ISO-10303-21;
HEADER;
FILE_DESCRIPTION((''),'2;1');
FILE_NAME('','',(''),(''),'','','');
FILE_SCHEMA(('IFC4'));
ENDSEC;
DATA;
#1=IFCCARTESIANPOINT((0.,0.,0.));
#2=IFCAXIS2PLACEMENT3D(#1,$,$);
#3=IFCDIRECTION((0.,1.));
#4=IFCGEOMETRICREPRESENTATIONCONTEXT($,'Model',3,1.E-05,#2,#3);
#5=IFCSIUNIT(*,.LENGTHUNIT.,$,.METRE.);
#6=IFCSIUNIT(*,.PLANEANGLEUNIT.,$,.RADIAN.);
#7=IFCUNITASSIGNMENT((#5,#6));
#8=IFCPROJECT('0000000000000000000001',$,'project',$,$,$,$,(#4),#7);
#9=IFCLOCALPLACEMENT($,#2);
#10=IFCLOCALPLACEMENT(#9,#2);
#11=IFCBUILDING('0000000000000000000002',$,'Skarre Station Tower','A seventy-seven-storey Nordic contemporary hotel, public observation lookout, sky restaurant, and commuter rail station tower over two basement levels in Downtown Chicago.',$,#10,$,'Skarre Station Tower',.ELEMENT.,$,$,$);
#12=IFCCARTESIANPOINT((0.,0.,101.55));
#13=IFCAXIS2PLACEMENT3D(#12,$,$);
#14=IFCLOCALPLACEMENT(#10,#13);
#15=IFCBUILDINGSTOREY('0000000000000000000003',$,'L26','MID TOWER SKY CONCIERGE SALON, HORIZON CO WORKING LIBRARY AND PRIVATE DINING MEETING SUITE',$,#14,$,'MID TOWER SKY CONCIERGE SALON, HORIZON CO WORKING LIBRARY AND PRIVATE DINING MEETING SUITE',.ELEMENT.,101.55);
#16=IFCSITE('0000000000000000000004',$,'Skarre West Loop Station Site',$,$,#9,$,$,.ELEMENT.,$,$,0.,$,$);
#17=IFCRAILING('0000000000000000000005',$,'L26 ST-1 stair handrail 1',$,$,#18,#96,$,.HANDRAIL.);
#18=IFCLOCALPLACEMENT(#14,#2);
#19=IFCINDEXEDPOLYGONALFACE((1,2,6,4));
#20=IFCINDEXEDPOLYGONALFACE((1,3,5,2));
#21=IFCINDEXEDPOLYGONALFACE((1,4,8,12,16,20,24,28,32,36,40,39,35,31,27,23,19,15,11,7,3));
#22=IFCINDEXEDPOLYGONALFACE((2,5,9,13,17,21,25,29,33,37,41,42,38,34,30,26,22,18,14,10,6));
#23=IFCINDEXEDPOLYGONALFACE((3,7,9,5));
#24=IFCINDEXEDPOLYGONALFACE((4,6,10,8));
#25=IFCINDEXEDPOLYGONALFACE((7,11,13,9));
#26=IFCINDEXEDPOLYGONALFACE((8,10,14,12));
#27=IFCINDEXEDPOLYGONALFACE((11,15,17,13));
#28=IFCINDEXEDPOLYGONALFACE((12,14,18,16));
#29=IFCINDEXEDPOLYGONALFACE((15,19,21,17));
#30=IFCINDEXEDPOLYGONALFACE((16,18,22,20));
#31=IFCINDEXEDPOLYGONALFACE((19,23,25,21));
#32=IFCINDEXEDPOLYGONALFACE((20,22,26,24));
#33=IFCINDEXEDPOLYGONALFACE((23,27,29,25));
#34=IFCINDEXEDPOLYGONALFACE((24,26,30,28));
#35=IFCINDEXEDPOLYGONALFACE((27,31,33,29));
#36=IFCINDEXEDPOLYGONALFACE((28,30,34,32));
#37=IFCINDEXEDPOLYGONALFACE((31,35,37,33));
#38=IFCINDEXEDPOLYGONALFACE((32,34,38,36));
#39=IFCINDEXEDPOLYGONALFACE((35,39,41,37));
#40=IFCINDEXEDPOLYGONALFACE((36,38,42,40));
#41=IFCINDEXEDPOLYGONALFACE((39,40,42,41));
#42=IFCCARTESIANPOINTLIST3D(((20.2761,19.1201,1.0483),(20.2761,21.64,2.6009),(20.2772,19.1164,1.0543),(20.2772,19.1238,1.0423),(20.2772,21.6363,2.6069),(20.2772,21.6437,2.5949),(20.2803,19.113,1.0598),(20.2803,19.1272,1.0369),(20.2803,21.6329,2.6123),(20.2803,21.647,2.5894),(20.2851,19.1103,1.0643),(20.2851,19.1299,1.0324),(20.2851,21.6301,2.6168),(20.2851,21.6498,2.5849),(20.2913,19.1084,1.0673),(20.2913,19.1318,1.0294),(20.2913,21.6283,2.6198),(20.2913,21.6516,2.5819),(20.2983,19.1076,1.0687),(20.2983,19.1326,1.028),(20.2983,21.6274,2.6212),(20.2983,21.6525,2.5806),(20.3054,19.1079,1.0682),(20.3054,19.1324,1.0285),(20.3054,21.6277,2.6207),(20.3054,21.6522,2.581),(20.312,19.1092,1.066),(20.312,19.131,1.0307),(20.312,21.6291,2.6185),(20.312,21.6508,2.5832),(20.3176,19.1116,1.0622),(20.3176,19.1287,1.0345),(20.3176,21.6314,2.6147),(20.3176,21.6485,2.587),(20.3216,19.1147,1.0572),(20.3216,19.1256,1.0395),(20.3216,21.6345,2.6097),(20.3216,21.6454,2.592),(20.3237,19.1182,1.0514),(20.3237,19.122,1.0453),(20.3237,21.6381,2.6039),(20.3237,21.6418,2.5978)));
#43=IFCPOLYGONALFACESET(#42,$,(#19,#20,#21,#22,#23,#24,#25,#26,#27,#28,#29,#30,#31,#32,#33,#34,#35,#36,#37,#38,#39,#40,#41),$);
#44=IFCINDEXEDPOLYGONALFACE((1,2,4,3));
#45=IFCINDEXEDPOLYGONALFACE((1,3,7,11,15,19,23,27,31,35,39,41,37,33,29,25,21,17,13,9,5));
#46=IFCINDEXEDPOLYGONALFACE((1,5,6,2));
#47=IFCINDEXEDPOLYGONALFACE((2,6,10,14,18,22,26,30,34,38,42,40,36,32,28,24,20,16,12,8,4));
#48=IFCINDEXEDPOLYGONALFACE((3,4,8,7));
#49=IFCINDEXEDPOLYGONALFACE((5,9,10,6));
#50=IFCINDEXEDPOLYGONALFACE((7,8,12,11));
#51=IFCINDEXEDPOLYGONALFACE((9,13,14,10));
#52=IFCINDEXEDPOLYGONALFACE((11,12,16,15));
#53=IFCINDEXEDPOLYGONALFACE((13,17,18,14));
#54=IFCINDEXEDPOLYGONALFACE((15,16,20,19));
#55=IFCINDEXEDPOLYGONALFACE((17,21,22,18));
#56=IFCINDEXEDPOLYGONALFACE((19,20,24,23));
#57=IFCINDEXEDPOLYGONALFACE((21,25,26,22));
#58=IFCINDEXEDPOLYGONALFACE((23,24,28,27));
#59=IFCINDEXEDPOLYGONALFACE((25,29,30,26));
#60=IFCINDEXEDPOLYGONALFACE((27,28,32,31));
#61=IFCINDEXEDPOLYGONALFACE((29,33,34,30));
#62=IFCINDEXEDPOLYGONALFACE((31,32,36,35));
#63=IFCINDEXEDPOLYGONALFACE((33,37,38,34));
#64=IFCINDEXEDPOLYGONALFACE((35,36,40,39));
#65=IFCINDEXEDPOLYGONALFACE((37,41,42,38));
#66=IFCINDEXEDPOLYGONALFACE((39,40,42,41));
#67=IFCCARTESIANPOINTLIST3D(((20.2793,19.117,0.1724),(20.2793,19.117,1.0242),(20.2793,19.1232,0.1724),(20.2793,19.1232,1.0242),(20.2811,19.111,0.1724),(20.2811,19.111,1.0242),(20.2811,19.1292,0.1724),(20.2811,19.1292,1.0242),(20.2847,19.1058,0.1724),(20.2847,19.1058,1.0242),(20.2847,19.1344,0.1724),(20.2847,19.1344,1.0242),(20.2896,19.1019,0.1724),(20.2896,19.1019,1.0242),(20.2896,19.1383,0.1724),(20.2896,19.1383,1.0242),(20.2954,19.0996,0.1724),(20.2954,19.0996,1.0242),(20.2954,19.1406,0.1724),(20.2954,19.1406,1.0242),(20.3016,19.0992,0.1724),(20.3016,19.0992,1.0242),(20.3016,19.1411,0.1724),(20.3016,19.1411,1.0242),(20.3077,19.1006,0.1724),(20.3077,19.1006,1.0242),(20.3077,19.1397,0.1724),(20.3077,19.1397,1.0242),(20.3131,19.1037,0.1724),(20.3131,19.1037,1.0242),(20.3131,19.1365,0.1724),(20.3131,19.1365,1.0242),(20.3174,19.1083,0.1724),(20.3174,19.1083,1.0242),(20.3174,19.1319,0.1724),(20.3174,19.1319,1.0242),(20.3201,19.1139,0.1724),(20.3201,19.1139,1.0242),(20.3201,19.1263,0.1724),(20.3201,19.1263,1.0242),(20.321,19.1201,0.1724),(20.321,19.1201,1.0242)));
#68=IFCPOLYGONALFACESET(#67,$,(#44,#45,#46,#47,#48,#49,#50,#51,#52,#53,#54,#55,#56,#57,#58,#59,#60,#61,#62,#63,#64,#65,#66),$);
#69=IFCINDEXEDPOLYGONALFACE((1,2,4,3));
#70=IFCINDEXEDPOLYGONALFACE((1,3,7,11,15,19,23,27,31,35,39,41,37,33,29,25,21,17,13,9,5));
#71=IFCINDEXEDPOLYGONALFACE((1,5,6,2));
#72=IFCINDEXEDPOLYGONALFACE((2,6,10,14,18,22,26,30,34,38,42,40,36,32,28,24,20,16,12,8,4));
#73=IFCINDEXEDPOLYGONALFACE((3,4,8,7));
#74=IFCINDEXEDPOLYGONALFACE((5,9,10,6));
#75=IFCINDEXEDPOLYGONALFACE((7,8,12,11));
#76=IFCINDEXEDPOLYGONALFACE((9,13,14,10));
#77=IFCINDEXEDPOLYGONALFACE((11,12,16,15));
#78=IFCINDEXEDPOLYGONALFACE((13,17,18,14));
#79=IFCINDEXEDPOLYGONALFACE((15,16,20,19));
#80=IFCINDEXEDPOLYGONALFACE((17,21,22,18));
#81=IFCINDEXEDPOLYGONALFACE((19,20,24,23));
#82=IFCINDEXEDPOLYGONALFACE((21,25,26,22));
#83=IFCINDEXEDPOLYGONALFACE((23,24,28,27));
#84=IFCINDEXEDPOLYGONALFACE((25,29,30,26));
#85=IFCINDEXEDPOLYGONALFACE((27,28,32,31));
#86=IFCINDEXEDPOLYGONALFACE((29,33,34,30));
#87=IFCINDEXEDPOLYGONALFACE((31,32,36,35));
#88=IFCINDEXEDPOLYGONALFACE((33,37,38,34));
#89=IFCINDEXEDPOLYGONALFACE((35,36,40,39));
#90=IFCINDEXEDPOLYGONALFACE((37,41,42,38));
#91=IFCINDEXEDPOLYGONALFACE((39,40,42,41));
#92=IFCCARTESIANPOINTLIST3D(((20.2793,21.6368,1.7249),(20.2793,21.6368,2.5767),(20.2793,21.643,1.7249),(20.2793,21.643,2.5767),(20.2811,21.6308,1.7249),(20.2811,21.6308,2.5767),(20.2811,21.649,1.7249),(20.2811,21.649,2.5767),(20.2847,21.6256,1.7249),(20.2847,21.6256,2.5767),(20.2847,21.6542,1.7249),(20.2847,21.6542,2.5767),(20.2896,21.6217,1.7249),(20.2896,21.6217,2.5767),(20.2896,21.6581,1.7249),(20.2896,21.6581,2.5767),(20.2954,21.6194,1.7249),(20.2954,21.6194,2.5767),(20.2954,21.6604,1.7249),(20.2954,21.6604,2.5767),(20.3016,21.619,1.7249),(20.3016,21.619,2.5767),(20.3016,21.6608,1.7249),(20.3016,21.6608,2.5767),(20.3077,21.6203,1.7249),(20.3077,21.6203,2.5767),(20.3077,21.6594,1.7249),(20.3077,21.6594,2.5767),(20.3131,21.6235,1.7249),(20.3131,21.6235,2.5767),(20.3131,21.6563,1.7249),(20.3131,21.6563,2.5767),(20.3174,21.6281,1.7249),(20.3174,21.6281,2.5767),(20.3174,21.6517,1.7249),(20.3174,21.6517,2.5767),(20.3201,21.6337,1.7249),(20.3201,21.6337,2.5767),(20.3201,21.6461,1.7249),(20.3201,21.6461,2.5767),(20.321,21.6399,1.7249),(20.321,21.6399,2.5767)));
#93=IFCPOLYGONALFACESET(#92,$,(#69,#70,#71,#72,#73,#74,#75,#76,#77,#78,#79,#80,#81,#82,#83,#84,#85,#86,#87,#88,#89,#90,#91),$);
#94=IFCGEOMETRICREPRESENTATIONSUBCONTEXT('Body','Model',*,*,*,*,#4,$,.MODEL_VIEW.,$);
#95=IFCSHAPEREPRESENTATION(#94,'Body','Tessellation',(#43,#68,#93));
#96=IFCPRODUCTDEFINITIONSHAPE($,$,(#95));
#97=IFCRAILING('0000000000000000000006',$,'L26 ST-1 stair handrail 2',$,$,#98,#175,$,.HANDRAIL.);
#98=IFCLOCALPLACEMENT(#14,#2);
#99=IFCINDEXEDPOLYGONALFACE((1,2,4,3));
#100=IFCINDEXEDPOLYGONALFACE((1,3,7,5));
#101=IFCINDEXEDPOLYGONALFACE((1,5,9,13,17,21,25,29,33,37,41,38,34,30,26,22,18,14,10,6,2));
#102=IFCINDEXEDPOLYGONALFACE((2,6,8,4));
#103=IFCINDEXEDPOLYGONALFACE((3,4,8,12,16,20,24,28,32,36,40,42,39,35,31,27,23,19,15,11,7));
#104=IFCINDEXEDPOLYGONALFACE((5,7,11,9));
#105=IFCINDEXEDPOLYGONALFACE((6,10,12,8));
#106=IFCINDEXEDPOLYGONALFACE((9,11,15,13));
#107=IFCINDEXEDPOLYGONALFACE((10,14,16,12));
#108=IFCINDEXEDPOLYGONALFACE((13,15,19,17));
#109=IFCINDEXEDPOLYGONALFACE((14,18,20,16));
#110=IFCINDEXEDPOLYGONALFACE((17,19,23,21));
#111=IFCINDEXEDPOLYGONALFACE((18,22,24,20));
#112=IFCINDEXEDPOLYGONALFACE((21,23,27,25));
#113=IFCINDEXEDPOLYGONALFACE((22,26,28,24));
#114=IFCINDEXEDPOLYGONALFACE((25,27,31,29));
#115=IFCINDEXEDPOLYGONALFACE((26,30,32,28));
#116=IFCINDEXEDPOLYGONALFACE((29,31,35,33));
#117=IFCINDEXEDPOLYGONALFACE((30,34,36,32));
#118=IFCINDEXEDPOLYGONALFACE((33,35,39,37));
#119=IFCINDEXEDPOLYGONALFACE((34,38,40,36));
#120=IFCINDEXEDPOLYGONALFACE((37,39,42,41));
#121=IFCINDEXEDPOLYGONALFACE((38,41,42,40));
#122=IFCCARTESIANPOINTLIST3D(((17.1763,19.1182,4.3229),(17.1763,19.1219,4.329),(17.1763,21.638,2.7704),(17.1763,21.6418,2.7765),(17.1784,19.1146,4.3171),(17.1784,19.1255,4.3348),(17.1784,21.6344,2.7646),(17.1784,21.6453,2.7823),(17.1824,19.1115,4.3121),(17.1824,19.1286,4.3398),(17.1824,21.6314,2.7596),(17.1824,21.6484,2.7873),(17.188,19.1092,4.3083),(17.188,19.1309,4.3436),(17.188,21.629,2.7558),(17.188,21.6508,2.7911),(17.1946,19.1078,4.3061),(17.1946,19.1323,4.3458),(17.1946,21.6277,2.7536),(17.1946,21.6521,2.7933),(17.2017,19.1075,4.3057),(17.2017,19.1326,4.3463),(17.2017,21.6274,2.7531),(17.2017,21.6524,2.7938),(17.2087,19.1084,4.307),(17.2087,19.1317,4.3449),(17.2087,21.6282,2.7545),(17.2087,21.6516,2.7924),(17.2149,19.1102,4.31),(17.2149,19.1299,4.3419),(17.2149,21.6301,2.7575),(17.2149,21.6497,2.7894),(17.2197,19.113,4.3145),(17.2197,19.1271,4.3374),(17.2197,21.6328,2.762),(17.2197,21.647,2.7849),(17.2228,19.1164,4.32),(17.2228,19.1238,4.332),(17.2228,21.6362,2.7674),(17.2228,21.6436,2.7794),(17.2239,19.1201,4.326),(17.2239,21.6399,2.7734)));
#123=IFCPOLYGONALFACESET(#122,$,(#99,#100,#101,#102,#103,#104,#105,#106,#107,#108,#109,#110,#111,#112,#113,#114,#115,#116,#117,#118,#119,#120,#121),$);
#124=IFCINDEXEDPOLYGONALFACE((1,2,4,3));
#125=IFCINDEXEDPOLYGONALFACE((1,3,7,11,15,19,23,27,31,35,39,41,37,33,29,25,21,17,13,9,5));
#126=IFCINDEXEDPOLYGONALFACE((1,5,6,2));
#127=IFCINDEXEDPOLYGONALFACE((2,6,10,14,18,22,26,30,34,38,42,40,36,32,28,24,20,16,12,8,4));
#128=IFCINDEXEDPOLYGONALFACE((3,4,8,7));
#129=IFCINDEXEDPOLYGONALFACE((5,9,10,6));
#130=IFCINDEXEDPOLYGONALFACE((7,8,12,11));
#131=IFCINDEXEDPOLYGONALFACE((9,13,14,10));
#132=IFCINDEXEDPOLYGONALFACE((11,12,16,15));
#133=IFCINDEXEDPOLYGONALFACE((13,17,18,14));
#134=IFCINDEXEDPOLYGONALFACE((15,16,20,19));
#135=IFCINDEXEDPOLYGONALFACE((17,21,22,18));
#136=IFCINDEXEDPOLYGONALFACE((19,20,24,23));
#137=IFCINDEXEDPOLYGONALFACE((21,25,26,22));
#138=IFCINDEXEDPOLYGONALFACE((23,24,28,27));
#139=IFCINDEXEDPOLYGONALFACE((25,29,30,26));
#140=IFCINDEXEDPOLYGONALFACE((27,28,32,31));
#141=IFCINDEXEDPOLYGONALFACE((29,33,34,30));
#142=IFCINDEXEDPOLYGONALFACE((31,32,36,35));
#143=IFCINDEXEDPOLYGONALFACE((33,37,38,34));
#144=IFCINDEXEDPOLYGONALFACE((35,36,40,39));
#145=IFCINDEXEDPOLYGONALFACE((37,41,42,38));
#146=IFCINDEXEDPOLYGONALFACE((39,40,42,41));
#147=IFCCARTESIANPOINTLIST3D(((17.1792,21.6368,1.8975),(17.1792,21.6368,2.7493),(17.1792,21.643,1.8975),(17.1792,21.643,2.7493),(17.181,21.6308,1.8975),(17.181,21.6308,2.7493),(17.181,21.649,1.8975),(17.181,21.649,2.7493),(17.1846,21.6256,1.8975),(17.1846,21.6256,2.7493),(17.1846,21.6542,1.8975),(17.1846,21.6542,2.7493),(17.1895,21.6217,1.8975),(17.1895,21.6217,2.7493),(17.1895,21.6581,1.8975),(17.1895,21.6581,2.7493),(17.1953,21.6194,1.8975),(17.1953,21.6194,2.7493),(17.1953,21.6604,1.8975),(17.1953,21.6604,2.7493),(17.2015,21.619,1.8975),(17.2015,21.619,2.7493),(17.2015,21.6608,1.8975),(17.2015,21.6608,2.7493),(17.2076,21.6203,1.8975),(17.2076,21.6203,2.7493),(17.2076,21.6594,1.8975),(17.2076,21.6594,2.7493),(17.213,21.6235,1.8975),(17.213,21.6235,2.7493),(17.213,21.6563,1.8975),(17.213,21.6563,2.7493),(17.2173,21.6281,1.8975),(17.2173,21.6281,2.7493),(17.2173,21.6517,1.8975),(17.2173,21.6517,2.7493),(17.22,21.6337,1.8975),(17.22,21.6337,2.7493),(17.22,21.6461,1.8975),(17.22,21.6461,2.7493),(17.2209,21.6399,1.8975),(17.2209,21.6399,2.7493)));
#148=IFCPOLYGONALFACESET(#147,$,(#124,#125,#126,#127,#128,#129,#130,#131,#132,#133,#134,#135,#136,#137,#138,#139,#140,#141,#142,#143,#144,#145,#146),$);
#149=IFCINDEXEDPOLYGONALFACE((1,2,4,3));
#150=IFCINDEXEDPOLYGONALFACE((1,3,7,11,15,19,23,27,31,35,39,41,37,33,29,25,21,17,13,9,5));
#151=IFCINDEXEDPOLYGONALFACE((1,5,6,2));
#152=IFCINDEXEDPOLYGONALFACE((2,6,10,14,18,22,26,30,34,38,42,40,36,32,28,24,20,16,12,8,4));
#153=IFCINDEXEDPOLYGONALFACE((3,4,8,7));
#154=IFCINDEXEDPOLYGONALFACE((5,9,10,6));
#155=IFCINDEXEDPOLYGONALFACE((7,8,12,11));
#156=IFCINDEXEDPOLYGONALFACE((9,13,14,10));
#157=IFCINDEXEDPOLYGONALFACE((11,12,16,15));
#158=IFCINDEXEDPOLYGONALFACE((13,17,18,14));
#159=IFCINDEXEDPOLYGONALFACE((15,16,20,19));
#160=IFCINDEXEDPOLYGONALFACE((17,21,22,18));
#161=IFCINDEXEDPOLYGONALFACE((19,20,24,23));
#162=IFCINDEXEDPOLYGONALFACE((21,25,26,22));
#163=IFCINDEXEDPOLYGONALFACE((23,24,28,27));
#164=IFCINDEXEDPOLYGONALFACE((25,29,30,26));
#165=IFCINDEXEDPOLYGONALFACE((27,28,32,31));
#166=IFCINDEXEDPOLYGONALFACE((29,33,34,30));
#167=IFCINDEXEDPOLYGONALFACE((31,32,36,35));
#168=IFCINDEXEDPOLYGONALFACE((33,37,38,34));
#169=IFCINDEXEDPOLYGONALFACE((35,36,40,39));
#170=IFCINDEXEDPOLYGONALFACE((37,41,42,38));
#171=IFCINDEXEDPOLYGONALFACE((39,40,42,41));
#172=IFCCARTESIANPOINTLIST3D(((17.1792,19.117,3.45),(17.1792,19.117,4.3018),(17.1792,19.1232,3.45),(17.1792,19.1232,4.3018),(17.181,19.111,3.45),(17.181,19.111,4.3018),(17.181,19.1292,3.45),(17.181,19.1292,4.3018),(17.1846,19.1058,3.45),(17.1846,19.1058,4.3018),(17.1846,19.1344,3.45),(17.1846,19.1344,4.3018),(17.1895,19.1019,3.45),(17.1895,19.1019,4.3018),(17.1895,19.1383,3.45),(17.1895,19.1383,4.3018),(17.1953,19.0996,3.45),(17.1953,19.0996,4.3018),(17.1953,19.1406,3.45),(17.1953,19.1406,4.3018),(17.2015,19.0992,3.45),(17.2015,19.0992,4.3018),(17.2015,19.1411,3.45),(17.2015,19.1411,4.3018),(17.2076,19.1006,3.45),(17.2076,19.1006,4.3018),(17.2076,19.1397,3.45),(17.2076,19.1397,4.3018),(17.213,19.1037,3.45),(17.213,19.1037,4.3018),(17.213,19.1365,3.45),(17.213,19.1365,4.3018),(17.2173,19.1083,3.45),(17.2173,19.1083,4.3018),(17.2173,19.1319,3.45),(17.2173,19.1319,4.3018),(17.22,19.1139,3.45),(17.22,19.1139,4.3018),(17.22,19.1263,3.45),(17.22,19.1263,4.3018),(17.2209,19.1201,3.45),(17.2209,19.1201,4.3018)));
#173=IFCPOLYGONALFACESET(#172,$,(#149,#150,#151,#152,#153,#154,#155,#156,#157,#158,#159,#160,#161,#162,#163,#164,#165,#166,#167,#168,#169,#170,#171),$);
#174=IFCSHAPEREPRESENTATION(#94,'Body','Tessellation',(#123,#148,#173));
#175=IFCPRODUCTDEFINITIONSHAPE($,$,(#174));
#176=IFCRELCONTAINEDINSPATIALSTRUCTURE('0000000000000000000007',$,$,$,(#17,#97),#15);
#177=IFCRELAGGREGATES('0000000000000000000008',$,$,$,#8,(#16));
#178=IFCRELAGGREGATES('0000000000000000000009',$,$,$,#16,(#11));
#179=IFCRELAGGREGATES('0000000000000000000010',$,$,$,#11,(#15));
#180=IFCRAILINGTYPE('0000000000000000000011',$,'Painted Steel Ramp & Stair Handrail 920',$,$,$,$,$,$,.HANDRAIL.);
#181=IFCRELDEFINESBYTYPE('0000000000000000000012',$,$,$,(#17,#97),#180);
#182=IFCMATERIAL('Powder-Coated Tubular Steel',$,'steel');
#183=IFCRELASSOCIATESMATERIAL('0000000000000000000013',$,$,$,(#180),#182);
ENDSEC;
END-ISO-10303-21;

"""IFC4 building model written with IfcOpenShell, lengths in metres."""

from ifc_helpers import new_model, si_unit, direction, frame, origin, origin_2d, place, context, subcontext, project, spatial, circle, extrude, material, type_object, element, save


model = new_model("IFC4")

# Units and contexts
model_context = context("Model", 3, precision=1e-05, world=origin(), true_north=direction((0.0, 1.0)))
body_context = subcontext(model_context, "Body", "Model", "MODEL_VIEW")
ifc_project = project(units=[si_unit("LENGTHUNIT", "METRE"), si_unit("PLANEANGLEUNIT", "RADIAN")], contexts=[model_context])

# Site, building, storey
site_placement = place(None, origin())
site = spatial("IfcSite", under=ifc_project, at=site_placement, Name="Skarre West Loop Station Site", CompositionType="ELEMENT", RefElevation=0.0)
building_placement = place(site_placement, origin())
building = spatial("IfcBuilding", under=site, at=building_placement, Name="Skarre Station Tower", Description="A seventy-seven-storey Nordic contemporary hotel, public observation lookout, sky restaurant, and commuter rail station tower over two basement levels in Downtown Chicago.", LongName="Skarre Station Tower", CompositionType="ELEMENT")
storey_placement = place(building_placement, frame((0.0, 0.0, 101.55)))
storey = spatial("IfcBuildingStorey", under=building, at=storey_placement, Name="L26", Description="MID TOWER SKY CONCIERGE SALON, HORIZON CO WORKING LIBRARY AND PRIVATE DINING MEETING SUITE", LongName="MID TOWER SKY CONCIERGE SALON, HORIZON CO WORKING LIBRARY AND PRIVATE DINING MEETING SUITE", CompositionType="ELEMENT", Elevation=101.55)

# Railings
ifc_material_1 = material(Name="Powder-Coated Tubular Steel", Category="steel")
railing_type_1 = type_object("IfcRailingType", Name="Painted Steel Ramp & Stair Handrail 920", PredefinedType="HANDRAIL", material=ifc_material_1)
railing_1_placement = place(storey_placement, frame((20.3, 19.1201, 0.1724)))
element("IfcRailing", 1, at=railing_1_placement, inside=storey, type_object=railing_type_1, Name="L26 ST-1 stair handrail 1", PredefinedType="HANDRAIL", context=body_context, shape_type="SweptSolid", body=[
    extrude(circle(Radius=0.0239, at=origin_2d()), frame((0.0, 0.0, 0.876), z_axis=(0.0, 0.851378, 0.524553), x_axis=(-1.0, 0.0, 0.0)), (0.0, 0.0, 1.0), 2.9597),
    extrude(circle(Radius=0.021, at=origin_2d()), origin(), (0.0, 0.0, 1.0), 0.8518),
    extrude(circle(Radius=0.021, at=origin_2d()), frame((0.0, 2.5198, 1.5525)), (0.0, 0.0, 1.0), 0.8518),
])
railing_2_placement = place(storey_placement, frame((17.2, 21.6399, 1.8975)))
element("IfcRailing", 2, at=railing_2_placement, inside=storey, type_object=railing_type_1, Name="L26 ST-1 stair handrail 2", PredefinedType="HANDRAIL", context=body_context, shape_type="SweptSolid", body=[
    extrude(circle(Radius=0.0239, at=origin_2d()), frame((0.0, 0.0, 0.876), z_axis=(0.0, -0.851378, 0.524553), x_axis=(1.0, 0.0, 0.0)), (0.0, 0.0, 1.0), 2.9597),
    extrude(circle(Radius=0.021, at=origin_2d()), origin(), (0.0, 0.0, 1.0), 0.8518),
    extrude(circle(Radius=0.021, at=origin_2d()), frame((0.0, -2.5198, 1.5525)), (0.0, 0.0, 1.0), 0.8518),
])

save(model, "model.ifc")
